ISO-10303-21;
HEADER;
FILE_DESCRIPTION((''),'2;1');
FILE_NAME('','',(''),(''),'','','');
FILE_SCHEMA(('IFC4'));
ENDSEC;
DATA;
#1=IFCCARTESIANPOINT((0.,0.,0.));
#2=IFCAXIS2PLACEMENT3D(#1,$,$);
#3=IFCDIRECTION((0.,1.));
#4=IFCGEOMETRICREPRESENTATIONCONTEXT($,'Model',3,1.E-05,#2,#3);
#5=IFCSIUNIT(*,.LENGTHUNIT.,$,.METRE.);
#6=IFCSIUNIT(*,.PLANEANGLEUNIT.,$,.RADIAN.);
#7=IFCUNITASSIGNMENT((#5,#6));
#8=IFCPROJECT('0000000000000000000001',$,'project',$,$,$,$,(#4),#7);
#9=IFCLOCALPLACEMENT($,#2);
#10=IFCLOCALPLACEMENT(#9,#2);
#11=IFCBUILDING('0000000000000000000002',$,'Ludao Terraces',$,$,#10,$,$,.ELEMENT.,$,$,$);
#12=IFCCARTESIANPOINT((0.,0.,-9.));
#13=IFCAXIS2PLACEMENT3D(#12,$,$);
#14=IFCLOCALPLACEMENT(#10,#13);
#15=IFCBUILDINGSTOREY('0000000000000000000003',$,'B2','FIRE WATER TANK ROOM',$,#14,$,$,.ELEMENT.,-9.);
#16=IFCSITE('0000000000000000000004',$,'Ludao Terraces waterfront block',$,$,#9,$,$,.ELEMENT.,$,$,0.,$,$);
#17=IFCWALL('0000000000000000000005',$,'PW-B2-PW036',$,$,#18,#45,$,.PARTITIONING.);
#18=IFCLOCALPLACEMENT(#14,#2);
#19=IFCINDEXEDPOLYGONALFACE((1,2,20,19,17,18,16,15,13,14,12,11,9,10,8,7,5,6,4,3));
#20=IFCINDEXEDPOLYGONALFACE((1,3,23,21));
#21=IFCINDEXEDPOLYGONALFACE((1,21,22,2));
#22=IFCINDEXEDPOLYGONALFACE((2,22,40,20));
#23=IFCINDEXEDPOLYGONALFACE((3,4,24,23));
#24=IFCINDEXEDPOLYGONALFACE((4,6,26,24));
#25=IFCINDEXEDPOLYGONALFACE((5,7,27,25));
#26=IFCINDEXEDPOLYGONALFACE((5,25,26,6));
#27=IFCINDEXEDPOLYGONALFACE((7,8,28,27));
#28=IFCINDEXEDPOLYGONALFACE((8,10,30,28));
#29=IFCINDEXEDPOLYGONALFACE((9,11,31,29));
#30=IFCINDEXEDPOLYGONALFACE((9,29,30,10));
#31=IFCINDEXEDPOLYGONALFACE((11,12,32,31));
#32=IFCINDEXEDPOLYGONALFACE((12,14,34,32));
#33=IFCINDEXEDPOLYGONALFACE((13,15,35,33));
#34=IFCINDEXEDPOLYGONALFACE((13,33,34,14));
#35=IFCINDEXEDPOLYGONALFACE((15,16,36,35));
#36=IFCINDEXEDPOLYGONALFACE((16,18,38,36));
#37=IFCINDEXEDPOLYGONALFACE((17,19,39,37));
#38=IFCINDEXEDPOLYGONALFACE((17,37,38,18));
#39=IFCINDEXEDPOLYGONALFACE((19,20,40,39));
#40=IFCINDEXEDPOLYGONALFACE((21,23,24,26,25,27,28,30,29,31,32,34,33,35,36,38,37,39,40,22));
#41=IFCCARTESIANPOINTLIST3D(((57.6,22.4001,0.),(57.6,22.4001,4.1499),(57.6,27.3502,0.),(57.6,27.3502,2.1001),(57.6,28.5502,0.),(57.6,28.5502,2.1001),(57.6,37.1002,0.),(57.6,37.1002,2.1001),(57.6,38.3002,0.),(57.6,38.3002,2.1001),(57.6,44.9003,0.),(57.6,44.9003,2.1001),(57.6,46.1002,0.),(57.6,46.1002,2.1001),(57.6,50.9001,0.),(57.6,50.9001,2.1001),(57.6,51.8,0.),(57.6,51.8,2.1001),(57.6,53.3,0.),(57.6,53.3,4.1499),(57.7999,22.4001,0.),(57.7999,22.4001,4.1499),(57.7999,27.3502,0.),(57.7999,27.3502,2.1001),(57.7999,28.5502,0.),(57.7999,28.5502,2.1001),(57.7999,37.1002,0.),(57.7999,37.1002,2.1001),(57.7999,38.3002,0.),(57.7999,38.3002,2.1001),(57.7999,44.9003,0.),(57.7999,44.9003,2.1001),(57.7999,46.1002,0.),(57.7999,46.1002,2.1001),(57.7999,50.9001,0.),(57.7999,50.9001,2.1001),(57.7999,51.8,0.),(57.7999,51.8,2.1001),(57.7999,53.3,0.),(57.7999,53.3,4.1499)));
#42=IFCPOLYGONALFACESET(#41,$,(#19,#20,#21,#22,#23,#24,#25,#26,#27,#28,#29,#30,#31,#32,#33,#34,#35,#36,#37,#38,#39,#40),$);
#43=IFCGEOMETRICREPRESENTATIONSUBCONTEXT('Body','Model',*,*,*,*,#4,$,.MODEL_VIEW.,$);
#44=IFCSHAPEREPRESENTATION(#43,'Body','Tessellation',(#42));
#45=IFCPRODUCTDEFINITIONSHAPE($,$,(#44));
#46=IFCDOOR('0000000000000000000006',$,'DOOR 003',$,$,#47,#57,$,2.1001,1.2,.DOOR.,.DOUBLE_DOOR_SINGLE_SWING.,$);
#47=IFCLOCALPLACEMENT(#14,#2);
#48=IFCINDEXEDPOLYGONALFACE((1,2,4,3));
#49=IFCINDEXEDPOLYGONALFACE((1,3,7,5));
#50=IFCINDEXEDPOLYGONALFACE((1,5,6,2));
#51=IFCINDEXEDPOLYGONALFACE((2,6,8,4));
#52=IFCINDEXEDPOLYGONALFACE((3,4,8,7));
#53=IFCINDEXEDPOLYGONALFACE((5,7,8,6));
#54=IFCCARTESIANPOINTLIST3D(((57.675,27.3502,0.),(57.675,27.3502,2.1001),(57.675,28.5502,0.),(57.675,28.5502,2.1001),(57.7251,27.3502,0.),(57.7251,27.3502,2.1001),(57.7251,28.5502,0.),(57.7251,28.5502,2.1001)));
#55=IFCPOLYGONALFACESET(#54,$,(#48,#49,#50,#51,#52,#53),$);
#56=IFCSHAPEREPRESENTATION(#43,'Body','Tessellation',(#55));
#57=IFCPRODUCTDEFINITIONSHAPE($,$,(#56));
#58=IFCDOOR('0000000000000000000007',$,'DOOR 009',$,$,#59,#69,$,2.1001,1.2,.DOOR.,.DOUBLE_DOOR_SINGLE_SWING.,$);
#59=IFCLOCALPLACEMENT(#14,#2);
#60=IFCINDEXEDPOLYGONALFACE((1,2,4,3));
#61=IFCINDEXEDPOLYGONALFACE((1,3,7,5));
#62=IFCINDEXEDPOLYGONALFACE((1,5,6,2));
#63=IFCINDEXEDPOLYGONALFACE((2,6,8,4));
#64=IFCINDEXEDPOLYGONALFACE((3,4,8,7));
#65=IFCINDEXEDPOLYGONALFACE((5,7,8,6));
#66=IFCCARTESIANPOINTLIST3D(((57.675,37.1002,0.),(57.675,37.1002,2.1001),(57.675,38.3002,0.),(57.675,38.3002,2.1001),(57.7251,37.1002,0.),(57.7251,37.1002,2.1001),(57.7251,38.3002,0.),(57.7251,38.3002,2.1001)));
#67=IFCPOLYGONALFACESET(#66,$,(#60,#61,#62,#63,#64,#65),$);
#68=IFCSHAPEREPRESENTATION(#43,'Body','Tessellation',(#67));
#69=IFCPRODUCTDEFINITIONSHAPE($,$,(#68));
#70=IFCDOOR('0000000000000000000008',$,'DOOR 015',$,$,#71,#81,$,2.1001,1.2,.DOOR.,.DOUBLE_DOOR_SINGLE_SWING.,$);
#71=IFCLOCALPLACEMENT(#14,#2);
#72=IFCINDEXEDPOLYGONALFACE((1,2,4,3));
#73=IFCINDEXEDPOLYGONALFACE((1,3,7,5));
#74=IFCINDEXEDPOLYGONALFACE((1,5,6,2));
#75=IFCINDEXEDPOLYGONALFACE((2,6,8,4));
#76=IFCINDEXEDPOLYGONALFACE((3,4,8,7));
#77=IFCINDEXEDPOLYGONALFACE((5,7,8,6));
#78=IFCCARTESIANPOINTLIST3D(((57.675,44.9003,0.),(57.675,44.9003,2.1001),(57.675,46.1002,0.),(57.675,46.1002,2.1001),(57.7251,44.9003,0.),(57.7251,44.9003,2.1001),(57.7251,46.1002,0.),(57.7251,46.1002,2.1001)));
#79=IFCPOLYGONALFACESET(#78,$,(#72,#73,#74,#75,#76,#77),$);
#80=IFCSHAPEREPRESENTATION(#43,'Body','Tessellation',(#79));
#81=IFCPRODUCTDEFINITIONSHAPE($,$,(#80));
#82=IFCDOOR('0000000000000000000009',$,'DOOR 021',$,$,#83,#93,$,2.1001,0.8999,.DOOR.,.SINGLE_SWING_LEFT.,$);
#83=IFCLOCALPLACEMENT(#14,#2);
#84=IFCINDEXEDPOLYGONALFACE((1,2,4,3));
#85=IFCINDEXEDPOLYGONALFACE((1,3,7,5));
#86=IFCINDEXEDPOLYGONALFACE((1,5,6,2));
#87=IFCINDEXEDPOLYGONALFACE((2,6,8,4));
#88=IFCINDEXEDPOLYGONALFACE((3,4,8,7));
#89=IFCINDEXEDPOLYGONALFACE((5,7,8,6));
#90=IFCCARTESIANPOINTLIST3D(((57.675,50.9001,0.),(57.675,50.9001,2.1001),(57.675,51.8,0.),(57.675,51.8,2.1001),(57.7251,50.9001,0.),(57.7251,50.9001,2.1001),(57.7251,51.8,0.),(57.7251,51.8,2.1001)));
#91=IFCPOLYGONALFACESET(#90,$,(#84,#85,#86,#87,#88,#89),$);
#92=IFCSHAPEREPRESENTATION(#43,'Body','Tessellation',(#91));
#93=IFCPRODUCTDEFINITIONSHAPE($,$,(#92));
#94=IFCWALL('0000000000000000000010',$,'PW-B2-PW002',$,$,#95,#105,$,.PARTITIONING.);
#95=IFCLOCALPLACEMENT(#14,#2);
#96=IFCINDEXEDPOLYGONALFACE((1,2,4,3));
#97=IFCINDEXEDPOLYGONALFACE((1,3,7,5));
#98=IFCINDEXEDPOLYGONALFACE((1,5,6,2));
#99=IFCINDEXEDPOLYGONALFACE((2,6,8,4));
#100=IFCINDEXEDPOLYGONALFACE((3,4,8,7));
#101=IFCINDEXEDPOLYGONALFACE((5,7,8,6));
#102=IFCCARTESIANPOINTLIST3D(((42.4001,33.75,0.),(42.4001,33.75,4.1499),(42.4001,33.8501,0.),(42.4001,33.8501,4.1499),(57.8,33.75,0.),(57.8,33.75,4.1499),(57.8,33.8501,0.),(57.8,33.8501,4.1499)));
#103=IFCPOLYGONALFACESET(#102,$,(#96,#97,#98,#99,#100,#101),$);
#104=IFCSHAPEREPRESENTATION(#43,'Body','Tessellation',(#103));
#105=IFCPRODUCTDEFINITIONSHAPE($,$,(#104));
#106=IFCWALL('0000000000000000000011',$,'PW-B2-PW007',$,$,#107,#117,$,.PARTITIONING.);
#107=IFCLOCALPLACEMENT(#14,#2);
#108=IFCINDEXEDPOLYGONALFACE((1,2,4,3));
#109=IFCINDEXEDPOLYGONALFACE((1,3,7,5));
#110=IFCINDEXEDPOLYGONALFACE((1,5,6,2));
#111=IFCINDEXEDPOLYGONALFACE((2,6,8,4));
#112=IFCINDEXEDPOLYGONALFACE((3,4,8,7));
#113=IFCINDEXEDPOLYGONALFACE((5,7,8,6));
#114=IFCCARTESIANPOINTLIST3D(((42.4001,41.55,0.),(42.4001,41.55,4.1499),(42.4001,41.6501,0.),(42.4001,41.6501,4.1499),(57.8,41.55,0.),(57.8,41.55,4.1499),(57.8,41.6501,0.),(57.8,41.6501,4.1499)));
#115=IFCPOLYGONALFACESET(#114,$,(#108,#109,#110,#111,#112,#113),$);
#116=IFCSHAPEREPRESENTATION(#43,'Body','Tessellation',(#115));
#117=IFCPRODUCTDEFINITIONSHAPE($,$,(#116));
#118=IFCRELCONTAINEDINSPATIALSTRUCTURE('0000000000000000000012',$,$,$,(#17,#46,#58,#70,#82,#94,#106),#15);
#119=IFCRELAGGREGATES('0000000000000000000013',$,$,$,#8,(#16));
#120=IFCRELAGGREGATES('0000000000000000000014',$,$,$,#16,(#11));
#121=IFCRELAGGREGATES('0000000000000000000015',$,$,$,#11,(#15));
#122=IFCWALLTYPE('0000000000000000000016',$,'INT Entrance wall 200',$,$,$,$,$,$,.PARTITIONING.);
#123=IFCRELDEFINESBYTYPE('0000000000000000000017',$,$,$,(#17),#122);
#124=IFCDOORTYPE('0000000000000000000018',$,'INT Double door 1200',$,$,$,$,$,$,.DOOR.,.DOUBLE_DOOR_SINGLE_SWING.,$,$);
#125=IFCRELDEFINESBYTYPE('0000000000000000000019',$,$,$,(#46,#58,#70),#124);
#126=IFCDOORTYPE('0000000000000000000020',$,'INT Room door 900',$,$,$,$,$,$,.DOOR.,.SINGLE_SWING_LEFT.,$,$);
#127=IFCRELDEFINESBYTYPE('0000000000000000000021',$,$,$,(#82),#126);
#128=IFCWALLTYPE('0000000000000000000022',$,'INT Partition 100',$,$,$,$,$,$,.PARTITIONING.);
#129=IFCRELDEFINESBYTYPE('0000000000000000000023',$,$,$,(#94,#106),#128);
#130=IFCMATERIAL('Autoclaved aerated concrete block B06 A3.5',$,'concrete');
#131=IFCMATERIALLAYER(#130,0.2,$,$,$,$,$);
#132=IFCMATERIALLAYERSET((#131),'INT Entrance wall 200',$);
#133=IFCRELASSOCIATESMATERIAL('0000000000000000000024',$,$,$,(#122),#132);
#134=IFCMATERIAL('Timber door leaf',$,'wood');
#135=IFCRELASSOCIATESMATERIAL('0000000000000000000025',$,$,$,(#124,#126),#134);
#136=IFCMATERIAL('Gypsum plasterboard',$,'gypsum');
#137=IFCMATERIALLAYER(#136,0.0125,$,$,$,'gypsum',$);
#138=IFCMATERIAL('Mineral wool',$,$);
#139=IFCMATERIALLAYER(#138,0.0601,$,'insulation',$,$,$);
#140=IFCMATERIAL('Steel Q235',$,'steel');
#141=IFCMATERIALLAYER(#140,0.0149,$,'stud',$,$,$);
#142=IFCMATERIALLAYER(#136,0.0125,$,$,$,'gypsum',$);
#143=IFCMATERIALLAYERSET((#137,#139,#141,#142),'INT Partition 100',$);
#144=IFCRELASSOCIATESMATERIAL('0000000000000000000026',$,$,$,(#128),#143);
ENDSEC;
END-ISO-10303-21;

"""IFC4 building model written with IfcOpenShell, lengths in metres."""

from ifc_helpers import new_model, si_unit, direction, frame, frame_2d, origin, place, context, subcontext, project, spatial, rectangle, extrude, material, layer, layer_set, type_object, element, fill, save


model = new_model("IFC4")

# Units and contexts
model_context = context("Model", 3, precision=1e-05, world=origin(), true_north=direction((0.0, 1.0)))
body_context = subcontext(model_context, "Body", "Model", "MODEL_VIEW")
ifc_project = project(units=[si_unit("LENGTHUNIT", "METRE"), si_unit("PLANEANGLEUNIT", "RADIAN")], contexts=[model_context])

# Site, building, storey
site_placement = place(None, origin())
site = spatial("IfcSite", under=ifc_project, at=site_placement, Name="Ludao Terraces waterfront block", CompositionType="ELEMENT", RefElevation=0.0)
building_placement = place(site_placement, origin())
building = spatial("IfcBuilding", under=site, at=building_placement, Name="Ludao Terraces", CompositionType="ELEMENT")
storey_placement = place(building_placement, frame((0.0, 0.0, -9.0)))
storey = spatial("IfcBuildingStorey", under=building, at=storey_placement, Name="B2", Description="FIRE WATER TANK ROOM", CompositionType="ELEMENT", Elevation=-9.0)

# Wall, openings, doors
ifc_material_1 = material(Name="Autoclaved aerated concrete block B06 A3.5", Category="concrete")
ifc_layer_1 = layer(ifc_material_1, 0.2)
ifc_layer_set_1 = layer_set([ifc_layer_1], Name="INT Entrance wall 200")
wall_type_1 = type_object("IfcWallType", Name="INT Entrance wall 200", PredefinedType="PARTITIONING", material=ifc_layer_set_1)
wall_1_placement = place(storey_placement, frame((57.7, 22.4001, 0.0), z_axis=(0.0, 0.0, 1.0), x_axis=(0.0, 1.0, 0.0)))
wall_1 = element("IfcWall", 1, at=wall_1_placement, inside=storey, type_object=wall_type_1, Name="PW-B2-PW036", PredefinedType="PARTITIONING", context=body_context, shape_type="SweptSolid", body=[
    extrude(rectangle(XDim=30.8999, YDim=0.2, at=frame_2d((15.45, 0.0))), origin(), (0.0, 0.0, 1.0), 4.1499),
])
opening_1_placement = place(wall_1_placement, frame((4.95, 0.0, 0.0)))
opening_1 = element("IfcOpeningElement", 2, at=opening_1_placement, cuts=wall_1, PredefinedType="OPENING", context=body_context, shape_type="SweptSolid", body=[
    extrude(rectangle(XDim=1.2, YDim=2.1001, at=frame_2d((0.6001, 1.05))), frame((0.0, 0.1099, 0.0), z_axis=(0.0, -1.0, 0.0), x_axis=(1.0, 0.0, 0.0)), (0.0, 0.0, 1.0), 0.22),
])
opening_2_placement = place(wall_1_placement, frame((14.7, 0.0, 0.0)))
opening_2 = element("IfcOpeningElement", 3, at=opening_2_placement, cuts=wall_1, PredefinedType="OPENING", context=body_context, shape_type="SweptSolid", body=[
    extrude(rectangle(XDim=1.2, YDim=2.1001, at=frame_2d((0.6001, 1.05))), frame((0.0, 0.1099, 0.0), z_axis=(0.0, -1.0, 0.0), x_axis=(1.0, 0.0, 0.0)), (0.0, 0.0, 1.0), 0.22),
])
opening_3_placement = place(wall_1_placement, frame((22.5, 0.0, 0.0)))
opening_3 = element("IfcOpeningElement", 4, at=opening_3_placement, cuts=wall_1, PredefinedType="OPENING", context=body_context, shape_type="SweptSolid", body=[
    extrude(rectangle(XDim=1.2, YDim=2.1001, at=frame_2d((0.6001, 1.05))), frame((0.0, 0.1099, 0.0), z_axis=(0.0, -1.0, 0.0), x_axis=(1.0, 0.0, 0.0)), (0.0, 0.0, 1.0), 0.22),
])
opening_4_placement = place(wall_1_placement, frame((28.5, 0.0, 0.0)))
opening_4 = element("IfcOpeningElement", 5, at=opening_4_placement, cuts=wall_1, PredefinedType="OPENING", context=body_context, shape_type="SweptSolid", body=[
    extrude(rectangle(XDim=0.8999, YDim=2.1001, at=frame_2d((0.45, 1.05))), frame((0.0, 0.1099, 0.0), z_axis=(0.0, -1.0, 0.0), x_axis=(1.0, 0.0, 0.0)), (0.0, 0.0, 1.0), 0.22),
])
ifc_material_2 = material(Name="Timber door leaf", Category="wood")
door_type_1 = type_object("IfcDoorType", Name="INT Double door 1200", OperationType="DOUBLE_DOOR_SINGLE_SWING", PredefinedType="DOOR", material=ifc_material_2)
door_1_placement = place(opening_1_placement, origin())
door_1 = element("IfcDoor", 6, at=door_1_placement, inside=storey, type_object=door_type_1, Name="DOOR 003", OperationType="DOUBLE_DOOR_SINGLE_SWING", OverallHeight=2.1001, OverallWidth=1.2, PredefinedType="DOOR", context=body_context, shape_type="SweptSolid", body=[
    extrude(rectangle(XDim=1.2, YDim=2.1001, at=frame_2d((0.6001, 1.05))), frame((0.0, 0.0249, 0.0), z_axis=(0.0, -1.0, 0.0), x_axis=(1.0, 0.0, 0.0)), (0.0, 0.0, 1.0), 0.05),
])
fill(opening_1, door_1)
door_2_placement = place(opening_2_placement, origin())
door_2 = element("IfcDoor", 7, at=door_2_placement, inside=storey, type_object=door_type_1, Name="DOOR 009", OperationType="DOUBLE_DOOR_SINGLE_SWING", OverallHeight=2.1001, OverallWidth=1.2, PredefinedType="DOOR", context=body_context, shape_type="SweptSolid", body=[
    extrude(rectangle(XDim=1.2, YDim=2.1001, at=frame_2d((0.6001, 1.05))), frame((0.0, 0.0249, 0.0), z_axis=(0.0, -1.0, 0.0), x_axis=(1.0, 0.0, 0.0)), (0.0, 0.0, 1.0), 0.05),
])
fill(opening_2, door_2)
door_3_placement = place(opening_3_placement, origin())
door_3 = element("IfcDoor", 8, at=door_3_placement, inside=storey, type_object=door_type_1, Name="DOOR 015", OperationType="DOUBLE_DOOR_SINGLE_SWING", OverallHeight=2.1001, OverallWidth=1.2, PredefinedType="DOOR", context=body_context, shape_type="SweptSolid", body=[
    extrude(rectangle(XDim=1.2, YDim=2.1001, at=frame_2d((0.6001, 1.05))), frame((0.0, 0.0249, 0.0), z_axis=(0.0, -1.0, 0.0), x_axis=(1.0, 0.0, 0.0)), (0.0, 0.0, 1.0), 0.05),
])
fill(opening_3, door_3)
door_type_2 = type_object("IfcDoorType", Name="INT Room door 900", OperationType="SINGLE_SWING_LEFT", PredefinedType="DOOR", material=ifc_material_2)
door_4_placement = place(opening_4_placement, origin())
door_4 = element("IfcDoor", 9, at=door_4_placement, inside=storey, type_object=door_type_2, Name="DOOR 021", OperationType="SINGLE_SWING_LEFT", OverallHeight=2.1001, OverallWidth=0.8999, PredefinedType="DOOR", context=body_context, shape_type="SweptSolid", body=[
    extrude(rectangle(XDim=0.8999, YDim=2.1001, at=frame_2d((0.45, 1.05))), frame((0.0, 0.0249, 0.0), z_axis=(0.0, -1.0, 0.0), x_axis=(1.0, 0.0, 0.0)), (0.0, 0.0, 1.0), 0.05),
])
fill(opening_4, door_4)

# Walls
ifc_material_3 = material(Name="Gypsum plasterboard", Category="gypsum")
ifc_layer_2 = layer(ifc_material_3, 0.0125, Category="gypsum")
ifc_material_4 = material(Name="Mineral wool")
ifc_layer_3 = layer(ifc_material_4, 0.0601, Name="insulation")
ifc_material_5 = material(Name="Steel Q235", Category="steel")
ifc_layer_4 = layer(ifc_material_5, 0.0149, Name="stud")
ifc_layer_5 = layer(ifc_material_3, 0.0125, Category="gypsum")
ifc_layer_set_2 = layer_set([ifc_layer_2, ifc_layer_3, ifc_layer_4, ifc_layer_5], Name="INT Partition 100")
wall_type_2 = type_object("IfcWallType", Name="INT Partition 100", PredefinedType="PARTITIONING", material=ifc_layer_set_2)
for number, where, z_axis, x_axis, name in (
    (10, (42.4001, 33.8, 0.0), (0.0, 0.0, 1.0), (1.0, 0.0, 0.0), "PW-B2-PW002"),
    (11, (42.4001, 41.6001, 0.0), (0.0, 0.0, 1.0), (1.0, 0.0, 0.0), "PW-B2-PW007"),
):
    element("IfcWall", number, at=place(storey_placement, frame(where, z_axis=z_axis, x_axis=x_axis)), inside=storey, type_object=wall_type_2, Name=name, PredefinedType="PARTITIONING", context=body_context, shape_type="SweptSolid", body=[
        extrude(rectangle(XDim=15.3999, YDim=0.1001, at=frame_2d((7.7, 0.0))), origin(), (0.0, 0.0, 1.0), 4.1499),
    ])

save(model, "model.ifc")
